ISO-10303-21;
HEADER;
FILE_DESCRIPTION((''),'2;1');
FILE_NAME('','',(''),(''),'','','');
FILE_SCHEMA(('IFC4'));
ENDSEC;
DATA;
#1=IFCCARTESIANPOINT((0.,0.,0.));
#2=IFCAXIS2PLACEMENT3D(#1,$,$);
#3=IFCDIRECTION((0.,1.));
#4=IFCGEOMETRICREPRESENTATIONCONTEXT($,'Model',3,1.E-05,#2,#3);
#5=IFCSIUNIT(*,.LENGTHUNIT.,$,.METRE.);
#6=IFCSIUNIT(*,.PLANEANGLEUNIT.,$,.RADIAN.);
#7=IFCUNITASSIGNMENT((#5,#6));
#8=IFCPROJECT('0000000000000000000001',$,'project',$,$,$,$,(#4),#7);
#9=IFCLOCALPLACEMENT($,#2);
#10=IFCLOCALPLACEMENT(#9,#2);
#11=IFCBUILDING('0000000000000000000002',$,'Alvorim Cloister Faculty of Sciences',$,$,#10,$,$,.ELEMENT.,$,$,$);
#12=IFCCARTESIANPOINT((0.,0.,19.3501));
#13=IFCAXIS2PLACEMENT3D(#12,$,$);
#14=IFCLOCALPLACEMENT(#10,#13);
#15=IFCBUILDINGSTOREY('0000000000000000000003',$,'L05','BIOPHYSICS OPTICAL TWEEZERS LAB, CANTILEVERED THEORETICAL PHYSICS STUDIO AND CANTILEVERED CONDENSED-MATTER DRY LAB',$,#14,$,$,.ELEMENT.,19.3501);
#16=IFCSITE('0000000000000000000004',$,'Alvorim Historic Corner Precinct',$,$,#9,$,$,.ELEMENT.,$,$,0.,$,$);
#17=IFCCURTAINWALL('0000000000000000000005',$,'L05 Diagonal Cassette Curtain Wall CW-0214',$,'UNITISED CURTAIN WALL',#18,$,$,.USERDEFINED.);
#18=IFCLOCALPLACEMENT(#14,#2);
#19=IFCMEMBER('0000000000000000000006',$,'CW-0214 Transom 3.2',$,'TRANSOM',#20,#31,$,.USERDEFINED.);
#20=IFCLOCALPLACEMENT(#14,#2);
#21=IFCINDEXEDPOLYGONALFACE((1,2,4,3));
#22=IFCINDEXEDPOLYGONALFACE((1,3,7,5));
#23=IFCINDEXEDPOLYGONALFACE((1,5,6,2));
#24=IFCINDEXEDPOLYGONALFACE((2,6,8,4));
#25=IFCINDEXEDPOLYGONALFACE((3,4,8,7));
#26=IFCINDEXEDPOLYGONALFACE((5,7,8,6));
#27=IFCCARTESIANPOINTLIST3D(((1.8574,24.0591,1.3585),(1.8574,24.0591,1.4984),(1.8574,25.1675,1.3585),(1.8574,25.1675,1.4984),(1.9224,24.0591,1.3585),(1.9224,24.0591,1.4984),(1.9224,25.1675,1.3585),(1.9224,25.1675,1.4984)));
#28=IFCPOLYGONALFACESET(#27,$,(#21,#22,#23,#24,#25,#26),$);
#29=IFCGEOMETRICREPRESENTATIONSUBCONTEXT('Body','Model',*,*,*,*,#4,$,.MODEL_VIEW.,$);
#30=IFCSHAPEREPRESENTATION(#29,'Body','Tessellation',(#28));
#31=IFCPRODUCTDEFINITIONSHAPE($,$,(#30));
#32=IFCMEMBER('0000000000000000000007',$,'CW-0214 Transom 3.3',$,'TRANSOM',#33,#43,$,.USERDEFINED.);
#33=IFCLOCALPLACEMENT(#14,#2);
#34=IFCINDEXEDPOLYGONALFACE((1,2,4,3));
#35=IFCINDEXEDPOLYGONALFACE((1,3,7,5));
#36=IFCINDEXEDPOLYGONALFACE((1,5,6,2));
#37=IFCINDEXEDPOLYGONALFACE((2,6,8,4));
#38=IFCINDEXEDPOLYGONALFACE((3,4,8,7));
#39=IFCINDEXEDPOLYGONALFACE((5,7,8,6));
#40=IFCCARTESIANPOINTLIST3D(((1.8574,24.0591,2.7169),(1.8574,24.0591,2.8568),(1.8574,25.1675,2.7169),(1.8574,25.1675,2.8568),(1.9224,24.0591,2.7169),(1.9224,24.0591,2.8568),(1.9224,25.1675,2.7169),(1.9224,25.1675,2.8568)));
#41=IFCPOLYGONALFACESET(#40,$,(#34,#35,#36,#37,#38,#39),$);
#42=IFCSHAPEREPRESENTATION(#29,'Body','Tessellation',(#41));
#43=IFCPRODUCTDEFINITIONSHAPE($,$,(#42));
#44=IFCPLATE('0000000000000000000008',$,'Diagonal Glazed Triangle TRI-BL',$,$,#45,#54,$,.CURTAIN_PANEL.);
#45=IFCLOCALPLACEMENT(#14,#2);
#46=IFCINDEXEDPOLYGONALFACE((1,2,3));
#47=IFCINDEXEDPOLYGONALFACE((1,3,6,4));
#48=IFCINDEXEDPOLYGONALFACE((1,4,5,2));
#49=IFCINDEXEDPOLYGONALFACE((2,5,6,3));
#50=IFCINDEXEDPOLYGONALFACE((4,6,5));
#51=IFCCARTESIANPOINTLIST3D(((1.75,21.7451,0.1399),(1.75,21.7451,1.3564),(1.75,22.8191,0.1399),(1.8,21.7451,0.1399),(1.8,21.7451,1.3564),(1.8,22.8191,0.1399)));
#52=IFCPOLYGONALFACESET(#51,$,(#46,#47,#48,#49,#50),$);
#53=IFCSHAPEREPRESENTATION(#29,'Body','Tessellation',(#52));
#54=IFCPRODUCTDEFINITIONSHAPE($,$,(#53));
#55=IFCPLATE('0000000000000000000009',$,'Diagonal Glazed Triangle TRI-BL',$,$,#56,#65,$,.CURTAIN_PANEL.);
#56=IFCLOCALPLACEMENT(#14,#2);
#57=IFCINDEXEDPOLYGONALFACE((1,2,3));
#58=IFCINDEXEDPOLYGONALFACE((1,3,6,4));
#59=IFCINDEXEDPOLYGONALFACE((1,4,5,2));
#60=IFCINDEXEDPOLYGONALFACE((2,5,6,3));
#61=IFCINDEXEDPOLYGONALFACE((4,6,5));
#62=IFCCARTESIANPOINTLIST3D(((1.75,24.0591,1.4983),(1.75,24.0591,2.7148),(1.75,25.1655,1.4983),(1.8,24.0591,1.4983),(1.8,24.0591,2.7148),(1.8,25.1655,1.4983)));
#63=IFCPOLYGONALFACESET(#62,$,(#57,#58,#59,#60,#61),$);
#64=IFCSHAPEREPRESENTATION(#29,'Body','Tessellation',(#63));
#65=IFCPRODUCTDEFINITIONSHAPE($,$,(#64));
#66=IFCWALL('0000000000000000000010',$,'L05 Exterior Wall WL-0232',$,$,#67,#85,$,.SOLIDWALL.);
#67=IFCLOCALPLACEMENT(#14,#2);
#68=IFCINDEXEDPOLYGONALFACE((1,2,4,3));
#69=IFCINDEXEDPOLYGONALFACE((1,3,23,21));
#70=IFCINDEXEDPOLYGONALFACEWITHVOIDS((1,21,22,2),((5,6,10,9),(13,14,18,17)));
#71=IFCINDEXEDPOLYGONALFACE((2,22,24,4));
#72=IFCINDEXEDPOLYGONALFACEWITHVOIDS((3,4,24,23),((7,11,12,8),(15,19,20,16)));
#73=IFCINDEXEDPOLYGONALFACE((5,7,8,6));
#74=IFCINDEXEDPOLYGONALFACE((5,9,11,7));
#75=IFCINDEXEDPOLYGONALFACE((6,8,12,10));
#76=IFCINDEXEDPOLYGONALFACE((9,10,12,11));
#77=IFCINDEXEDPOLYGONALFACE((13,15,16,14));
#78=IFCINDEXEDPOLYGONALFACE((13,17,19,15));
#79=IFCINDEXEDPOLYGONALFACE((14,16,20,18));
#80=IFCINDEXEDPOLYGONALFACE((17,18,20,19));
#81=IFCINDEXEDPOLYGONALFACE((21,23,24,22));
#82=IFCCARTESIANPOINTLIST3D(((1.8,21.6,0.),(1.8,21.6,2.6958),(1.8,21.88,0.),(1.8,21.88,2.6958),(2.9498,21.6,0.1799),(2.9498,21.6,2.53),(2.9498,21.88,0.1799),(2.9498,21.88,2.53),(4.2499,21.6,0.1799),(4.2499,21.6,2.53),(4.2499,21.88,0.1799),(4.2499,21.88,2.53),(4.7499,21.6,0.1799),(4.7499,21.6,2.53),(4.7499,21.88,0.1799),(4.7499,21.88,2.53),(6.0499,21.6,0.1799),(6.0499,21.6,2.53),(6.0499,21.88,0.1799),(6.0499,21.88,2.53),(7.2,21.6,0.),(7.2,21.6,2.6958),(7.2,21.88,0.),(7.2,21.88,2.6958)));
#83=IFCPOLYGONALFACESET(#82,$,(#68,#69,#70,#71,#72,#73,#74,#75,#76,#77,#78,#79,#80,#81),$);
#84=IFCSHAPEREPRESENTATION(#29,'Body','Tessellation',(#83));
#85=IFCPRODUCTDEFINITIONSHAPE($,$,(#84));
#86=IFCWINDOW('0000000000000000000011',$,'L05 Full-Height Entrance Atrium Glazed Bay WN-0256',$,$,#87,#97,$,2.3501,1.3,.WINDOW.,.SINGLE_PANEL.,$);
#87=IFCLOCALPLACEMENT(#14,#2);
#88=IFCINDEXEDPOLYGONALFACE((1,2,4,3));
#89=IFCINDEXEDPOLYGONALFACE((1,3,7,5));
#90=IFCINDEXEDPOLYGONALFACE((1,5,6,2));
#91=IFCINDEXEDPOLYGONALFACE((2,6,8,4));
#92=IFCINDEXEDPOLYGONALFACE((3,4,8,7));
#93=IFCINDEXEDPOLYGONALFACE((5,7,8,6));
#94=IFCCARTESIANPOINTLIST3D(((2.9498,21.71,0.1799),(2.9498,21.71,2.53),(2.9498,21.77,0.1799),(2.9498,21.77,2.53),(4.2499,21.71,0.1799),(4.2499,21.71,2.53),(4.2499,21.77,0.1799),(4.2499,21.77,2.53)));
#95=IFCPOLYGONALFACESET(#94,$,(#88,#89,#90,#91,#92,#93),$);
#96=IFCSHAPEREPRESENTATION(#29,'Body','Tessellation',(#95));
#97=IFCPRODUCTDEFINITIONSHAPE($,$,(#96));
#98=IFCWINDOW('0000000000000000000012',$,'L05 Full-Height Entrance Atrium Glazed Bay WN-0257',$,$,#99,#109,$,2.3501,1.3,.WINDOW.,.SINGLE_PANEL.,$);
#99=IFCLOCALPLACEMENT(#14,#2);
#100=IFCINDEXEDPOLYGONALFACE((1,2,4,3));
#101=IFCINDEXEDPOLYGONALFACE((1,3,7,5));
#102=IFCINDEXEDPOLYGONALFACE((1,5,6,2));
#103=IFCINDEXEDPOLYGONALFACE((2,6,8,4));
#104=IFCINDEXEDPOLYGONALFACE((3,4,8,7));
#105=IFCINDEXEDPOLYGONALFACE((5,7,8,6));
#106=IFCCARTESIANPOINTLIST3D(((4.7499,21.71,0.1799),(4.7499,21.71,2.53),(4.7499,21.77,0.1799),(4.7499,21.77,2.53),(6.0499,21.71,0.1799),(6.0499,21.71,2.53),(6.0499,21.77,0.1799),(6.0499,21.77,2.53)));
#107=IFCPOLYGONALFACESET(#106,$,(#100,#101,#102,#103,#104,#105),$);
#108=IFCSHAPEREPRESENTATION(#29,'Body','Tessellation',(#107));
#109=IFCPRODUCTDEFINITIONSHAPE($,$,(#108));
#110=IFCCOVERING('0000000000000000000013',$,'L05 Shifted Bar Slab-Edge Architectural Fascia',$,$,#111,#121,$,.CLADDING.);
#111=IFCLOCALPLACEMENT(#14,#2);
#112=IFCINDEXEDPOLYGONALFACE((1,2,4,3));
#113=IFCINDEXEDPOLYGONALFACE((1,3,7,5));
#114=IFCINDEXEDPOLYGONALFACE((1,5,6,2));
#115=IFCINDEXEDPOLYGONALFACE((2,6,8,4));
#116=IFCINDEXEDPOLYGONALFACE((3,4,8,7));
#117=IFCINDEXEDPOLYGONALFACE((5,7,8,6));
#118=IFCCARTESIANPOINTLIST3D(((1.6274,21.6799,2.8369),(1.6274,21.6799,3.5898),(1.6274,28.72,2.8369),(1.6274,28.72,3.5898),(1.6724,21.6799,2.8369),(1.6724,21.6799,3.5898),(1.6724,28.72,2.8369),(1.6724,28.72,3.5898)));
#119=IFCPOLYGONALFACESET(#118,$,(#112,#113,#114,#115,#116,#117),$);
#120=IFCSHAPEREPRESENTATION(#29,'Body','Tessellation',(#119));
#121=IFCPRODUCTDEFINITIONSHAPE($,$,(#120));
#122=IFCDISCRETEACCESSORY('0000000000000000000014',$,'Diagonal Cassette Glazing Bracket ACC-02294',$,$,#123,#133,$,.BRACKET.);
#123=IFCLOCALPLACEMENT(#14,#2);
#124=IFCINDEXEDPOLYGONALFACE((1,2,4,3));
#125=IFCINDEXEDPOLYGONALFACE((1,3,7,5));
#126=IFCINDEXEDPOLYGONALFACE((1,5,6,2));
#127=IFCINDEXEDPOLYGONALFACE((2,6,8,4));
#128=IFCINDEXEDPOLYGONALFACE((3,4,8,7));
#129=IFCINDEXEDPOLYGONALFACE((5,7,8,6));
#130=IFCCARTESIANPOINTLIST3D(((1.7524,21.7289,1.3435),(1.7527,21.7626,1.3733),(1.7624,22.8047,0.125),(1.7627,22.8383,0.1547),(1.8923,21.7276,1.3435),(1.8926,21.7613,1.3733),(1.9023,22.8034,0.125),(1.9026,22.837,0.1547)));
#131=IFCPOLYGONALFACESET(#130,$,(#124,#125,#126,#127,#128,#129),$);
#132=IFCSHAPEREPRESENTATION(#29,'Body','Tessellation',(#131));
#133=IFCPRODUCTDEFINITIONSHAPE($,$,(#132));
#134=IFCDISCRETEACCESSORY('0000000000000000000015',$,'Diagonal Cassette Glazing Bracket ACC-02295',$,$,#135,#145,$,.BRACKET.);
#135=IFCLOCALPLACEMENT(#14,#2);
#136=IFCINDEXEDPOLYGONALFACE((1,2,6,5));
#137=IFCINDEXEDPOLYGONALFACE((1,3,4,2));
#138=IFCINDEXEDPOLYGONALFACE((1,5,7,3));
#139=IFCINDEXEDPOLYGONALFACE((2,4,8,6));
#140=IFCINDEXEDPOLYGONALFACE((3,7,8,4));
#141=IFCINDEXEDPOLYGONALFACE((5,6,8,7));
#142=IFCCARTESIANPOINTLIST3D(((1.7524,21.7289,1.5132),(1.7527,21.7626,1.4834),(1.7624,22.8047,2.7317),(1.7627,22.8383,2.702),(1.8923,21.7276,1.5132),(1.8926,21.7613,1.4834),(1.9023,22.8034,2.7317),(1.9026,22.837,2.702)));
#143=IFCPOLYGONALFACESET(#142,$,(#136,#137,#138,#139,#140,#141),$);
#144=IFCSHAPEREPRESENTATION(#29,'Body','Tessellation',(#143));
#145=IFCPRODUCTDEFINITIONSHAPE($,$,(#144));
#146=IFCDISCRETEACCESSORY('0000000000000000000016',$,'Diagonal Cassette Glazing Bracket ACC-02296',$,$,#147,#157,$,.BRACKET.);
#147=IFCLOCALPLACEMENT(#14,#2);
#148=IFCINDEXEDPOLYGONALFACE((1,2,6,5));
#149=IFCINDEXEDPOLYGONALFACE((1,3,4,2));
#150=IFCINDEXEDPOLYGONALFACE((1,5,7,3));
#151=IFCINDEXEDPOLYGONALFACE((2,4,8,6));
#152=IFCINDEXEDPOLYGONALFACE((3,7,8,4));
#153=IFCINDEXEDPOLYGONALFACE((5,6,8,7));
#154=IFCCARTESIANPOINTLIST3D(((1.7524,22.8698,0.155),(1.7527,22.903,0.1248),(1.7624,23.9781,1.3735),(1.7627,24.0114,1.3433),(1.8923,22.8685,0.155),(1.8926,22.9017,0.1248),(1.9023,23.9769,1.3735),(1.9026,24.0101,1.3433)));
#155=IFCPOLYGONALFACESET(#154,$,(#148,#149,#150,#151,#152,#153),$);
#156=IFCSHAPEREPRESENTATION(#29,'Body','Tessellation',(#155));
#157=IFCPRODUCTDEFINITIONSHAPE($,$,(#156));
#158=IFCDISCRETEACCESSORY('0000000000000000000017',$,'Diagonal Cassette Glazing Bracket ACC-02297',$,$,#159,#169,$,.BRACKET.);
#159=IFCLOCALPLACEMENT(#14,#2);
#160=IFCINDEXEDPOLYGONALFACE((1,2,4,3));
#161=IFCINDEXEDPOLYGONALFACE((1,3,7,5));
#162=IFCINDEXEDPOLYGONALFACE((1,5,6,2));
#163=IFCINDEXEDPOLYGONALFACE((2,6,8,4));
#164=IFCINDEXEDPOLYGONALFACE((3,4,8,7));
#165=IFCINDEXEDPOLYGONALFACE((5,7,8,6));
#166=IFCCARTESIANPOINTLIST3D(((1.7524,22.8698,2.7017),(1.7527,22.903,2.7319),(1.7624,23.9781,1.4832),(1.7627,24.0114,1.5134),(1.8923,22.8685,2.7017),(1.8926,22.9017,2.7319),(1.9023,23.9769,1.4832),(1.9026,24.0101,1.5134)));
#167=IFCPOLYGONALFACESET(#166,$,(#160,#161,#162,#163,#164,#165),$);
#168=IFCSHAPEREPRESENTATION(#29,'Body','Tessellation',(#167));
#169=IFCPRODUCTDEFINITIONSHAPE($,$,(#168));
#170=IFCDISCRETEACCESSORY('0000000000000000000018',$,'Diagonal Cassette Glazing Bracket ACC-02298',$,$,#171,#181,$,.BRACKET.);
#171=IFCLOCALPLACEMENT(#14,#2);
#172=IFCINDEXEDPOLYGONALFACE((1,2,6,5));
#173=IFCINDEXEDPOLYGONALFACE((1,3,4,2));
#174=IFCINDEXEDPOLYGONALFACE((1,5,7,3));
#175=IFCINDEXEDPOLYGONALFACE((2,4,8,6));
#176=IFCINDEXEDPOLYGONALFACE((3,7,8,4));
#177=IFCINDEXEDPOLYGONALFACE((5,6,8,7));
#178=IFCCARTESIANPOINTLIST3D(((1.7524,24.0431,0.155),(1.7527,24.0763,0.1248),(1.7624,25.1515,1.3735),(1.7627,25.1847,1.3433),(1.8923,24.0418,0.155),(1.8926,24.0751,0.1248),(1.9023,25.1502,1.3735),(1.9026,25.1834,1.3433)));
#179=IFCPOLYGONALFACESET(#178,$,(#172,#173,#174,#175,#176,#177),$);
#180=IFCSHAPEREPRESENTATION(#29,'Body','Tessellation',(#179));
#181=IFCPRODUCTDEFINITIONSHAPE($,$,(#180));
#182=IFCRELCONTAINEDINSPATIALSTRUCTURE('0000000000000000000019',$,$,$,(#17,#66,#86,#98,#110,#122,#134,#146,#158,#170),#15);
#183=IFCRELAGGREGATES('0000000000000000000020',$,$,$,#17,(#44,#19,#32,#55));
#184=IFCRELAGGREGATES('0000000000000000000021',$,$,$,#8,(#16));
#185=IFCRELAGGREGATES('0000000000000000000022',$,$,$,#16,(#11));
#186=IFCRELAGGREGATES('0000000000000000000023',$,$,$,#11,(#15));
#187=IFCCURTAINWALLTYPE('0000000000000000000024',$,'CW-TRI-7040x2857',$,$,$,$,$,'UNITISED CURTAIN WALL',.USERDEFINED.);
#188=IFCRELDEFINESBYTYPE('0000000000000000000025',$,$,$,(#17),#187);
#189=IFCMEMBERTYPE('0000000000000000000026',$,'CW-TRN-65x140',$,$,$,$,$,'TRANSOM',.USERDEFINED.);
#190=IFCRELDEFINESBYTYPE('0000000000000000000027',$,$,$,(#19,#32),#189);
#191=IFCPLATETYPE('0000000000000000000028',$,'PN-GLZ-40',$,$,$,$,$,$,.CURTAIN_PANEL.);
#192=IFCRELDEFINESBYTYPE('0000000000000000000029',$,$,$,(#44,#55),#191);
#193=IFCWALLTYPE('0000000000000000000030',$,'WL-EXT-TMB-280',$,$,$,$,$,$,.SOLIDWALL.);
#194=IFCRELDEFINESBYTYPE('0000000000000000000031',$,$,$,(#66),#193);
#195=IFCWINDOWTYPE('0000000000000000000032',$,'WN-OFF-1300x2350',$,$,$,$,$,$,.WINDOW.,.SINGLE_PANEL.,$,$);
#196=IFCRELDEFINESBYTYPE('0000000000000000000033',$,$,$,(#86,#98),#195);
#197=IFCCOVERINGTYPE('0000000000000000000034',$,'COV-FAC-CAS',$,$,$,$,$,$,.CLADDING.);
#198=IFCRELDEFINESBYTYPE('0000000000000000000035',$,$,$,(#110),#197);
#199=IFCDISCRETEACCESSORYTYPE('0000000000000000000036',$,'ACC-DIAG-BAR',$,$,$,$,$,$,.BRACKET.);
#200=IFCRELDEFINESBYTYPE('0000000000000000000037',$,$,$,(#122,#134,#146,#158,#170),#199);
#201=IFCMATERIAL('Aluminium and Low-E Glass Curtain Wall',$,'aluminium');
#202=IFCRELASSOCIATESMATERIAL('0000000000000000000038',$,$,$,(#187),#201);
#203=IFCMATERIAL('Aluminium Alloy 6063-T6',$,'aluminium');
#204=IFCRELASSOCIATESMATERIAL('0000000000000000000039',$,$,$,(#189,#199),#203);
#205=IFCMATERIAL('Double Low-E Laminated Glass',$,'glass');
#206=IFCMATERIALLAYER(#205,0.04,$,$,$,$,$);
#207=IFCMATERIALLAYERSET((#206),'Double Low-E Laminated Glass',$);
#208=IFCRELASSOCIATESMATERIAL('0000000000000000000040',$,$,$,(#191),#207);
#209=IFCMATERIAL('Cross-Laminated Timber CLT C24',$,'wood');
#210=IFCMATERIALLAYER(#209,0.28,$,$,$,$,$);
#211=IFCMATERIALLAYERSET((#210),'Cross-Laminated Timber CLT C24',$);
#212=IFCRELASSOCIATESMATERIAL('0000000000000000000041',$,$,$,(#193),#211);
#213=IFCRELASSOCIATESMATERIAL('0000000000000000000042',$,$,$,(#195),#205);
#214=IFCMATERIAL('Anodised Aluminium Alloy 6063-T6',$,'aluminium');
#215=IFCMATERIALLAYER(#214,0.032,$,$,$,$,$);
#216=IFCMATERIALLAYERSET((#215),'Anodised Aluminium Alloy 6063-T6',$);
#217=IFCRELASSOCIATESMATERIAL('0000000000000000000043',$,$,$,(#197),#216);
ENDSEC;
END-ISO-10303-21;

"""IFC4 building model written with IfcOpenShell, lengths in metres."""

from ifc_helpers import new_model, si_unit, direction, frame, frame_2d, origin, origin_2d, place, context, subcontext, project, spatial, polyline, rectangle, outline, extrude, material, layer, layer_set, material_profile, profile_set, type_object, element, fill, aggregate, save


model = new_model("IFC4")

# Units and contexts
model_context = context("Model", 3, precision=1e-05, world=origin(), true_north=direction((0.0, 1.0)))
body_context = subcontext(model_context, "Body", "Model", "MODEL_VIEW")
ifc_project = project(units=[si_unit("LENGTHUNIT", "METRE"), si_unit("PLANEANGLEUNIT", "RADIAN")], contexts=[model_context])

# Site, building, storey
site_placement = place(None, origin())
site = spatial("IfcSite", under=ifc_project, at=site_placement, Name="Alvorim Historic Corner Precinct", CompositionType="ELEMENT", RefElevation=0.0)
building_placement = place(site_placement, origin())
building = spatial("IfcBuilding", under=site, at=building_placement, Name="Alvorim Cloister Faculty of Sciences", CompositionType="ELEMENT")
storey_placement = place(building_placement, frame((0.0, 0.0, 19.3501)))
storey = spatial("IfcBuildingStorey", under=building, at=storey_placement, Name="L05", Description="BIOPHYSICS OPTICAL TWEEZERS LAB, CANTILEVERED THEORETICAL PHYSICS STUDIO AND CANTILEVERED CONDENSED-MATTER DRY LAB", CompositionType="ELEMENT", Elevation=19.3501)

# Curtain wall, members, plates
ifc_material_1 = material(Name="Aluminium and Low-E Glass Curtain Wall", Category="aluminium")
curtain_wall_type = type_object("IfcCurtainWallType", Name="CW-TRI-7040x2857", ElementType="UNITISED CURTAIN WALL", PredefinedType="USERDEFINED", material=ifc_material_1)
curtain_wall_placement = place(storey_placement, origin())
curtain_wall = element("IfcCurtainWall", 1, at=curtain_wall_placement, inside=storey, type_object=curtain_wall_type, Name="L05 Diagonal Cassette Curtain Wall CW-0214", ObjectType="UNITISED CURTAIN WALL", PredefinedType="USERDEFINED")
ifc_material_2 = material(Name="Aluminium Alloy 6063-T6", Category="aluminium")
ifc_material_profile_1 = material_profile(ifc_material_2, rectangle(XDim=0.0649, YDim=0.1399, at=origin_2d()), Name="ALU-TRN-65x140")
ifc_profile_set_1 = profile_set([ifc_material_profile_1], Name="Aluminium Alloy 6063-T6")
member_type_1 = type_object("IfcMemberType", Name="CW-TRN-65x140", ElementType="TRANSOM", PredefinedType="USERDEFINED", material=ifc_profile_set_1)
member_1_placement = place(storey_placement, frame((1.8899, 24.0591, 1.4285), z_axis=(0.0, 1.0, 0.0), x_axis=(-1.0, 0.0, 0.0)))
member_1 = element("IfcMember", 2, at=member_1_placement, type_object=member_type_1, Name="CW-0214 Transom 3.2", ObjectType="TRANSOM", PredefinedType="USERDEFINED", context=body_context, shape_type="SweptSolid", body=[
    extrude(rectangle(XDim=0.0649, YDim=0.1399, at=origin_2d()), origin(), (0.0, 0.0, 1.0), 1.1084),
])
member_2_placement = place(storey_placement, frame((1.8899, 24.0591, 2.7869), z_axis=(0.0, 1.0, 0.0), x_axis=(-1.0, 0.0, 0.0)))
member_2 = element("IfcMember", 3, at=member_2_placement, type_object=member_type_1, Name="CW-0214 Transom 3.3", ObjectType="TRANSOM", PredefinedType="USERDEFINED", context=body_context, shape_type="SweptSolid", body=[
    extrude(rectangle(XDim=0.0649, YDim=0.1399, at=origin_2d()), origin(), (0.0, 0.0, 1.0), 1.1084),
])
ifc_material_3 = material(Name="Double Low-E Laminated Glass", Category="glass")
ifc_layer_1 = layer(ifc_material_3, 0.04)
ifc_layer_set_1 = layer_set([ifc_layer_1], Name="Double Low-E Laminated Glass")
plate_type = type_object("IfcPlateType", Name="PN-GLZ-40", PredefinedType="CURTAIN_PANEL", material=ifc_layer_set_1)
plate_1_placement = place(storey_placement, frame((1.7749, 21.7451, 0.1399), z_axis=(0.0, 0.0, 1.0), x_axis=(0.0, 1.0, 0.0)))
plate_1 = element("IfcPlate", 4, at=plate_1_placement, type_object=plate_type, Name="Diagonal Glazed Triangle TRI-BL", PredefinedType="CURTAIN_PANEL", context=body_context, shape_type="SweptSolid", body=[
    extrude(outline(polyline([(0.0, 0.0), (1.074, 0.0), (0.0, 1.2166), (0.0, 0.0)])), frame((0.0, 0.0249, 0.0), z_axis=(0.0, -1.0, 0.0), x_axis=(1.0, 0.0, 0.0)), (0.0, 0.0, 1.0), 0.05),
])
plate_2_placement = place(storey_placement, frame((1.7749, 24.0591, 1.4983), z_axis=(0.0, 0.0, 1.0), x_axis=(0.0, 1.0, 0.0)))
plate_2 = element("IfcPlate", 5, at=plate_2_placement, type_object=plate_type, Name="Diagonal Glazed Triangle TRI-BL", PredefinedType="CURTAIN_PANEL", context=body_context, shape_type="SweptSolid", body=[
    extrude(outline(polyline([(0.0, 0.0), (1.1064, 0.0), (0.0, 1.2166), (0.0, 0.0)])), frame((0.0, 0.0249, 0.0), z_axis=(0.0, -1.0, 0.0), x_axis=(1.0, 0.0, 0.0)), (0.0, 0.0, 1.0), 0.05),
])
aggregate(curtain_wall, [plate_1, member_1, member_2, plate_2])

# Wall, openings, windows
ifc_material_4 = material(Name="Cross-Laminated Timber CLT C24", Category="wood")
ifc_layer_2 = layer(ifc_material_4, 0.28)
ifc_layer_set_2 = layer_set([ifc_layer_2], Name="Cross-Laminated Timber CLT C24")
wall_type = type_object("IfcWallType", Name="WL-EXT-TMB-280", PredefinedType="SOLIDWALL", material=ifc_layer_set_2)
wall_placement = place(storey_placement, frame((1.8, 21.74, 0.0), z_axis=(0.0, 0.0, 1.0), x_axis=(1.0, 0.0, 0.0)))
wall = element("IfcWall", 6, at=wall_placement, inside=storey, type_object=wall_type, Name="L05 Exterior Wall WL-0232", PredefinedType="SOLIDWALL", context=body_context, shape_type="SweptSolid", body=[
    extrude(rectangle(XDim=5.3999, YDim=0.28, at=frame_2d((2.7, 0.0))), origin(), (0.0, 0.0, 1.0), 2.6958),
])
opening_1_placement = place(wall_placement, frame((1.1499, 0.0, 0.1799)))
opening_1 = element("IfcOpeningElement", 7, at=opening_1_placement, cuts=wall, PredefinedType="OPENING", context=body_context, shape_type="SweptSolid", body=[
    extrude(rectangle(XDim=1.3, YDim=2.3501, at=frame_2d((0.6499, 1.175))), frame((0.0, 0.1519, 0.0), z_axis=(0.0, -1.0, 0.0), x_axis=(1.0, 0.0, 0.0)), (0.0, 0.0, 1.0), 0.304),
])
opening_2_placement = place(wall_placement, frame((2.95, 0.0, 0.1799)))
opening_2 = element("IfcOpeningElement", 8, at=opening_2_placement, cuts=wall, PredefinedType="OPENING", context=body_context, shape_type="SweptSolid", body=[
    extrude(rectangle(XDim=1.3, YDim=2.3501, at=frame_2d((0.6499, 1.175))), frame((0.0, 0.1519, 0.0), z_axis=(0.0, -1.0, 0.0), x_axis=(1.0, 0.0, 0.0)), (0.0, 0.0, 1.0), 0.304),
])
window_type = type_object("IfcWindowType", Name="WN-OFF-1300x2350", PartitioningType="SINGLE_PANEL", PredefinedType="WINDOW", material=ifc_material_3)
window_1_placement = place(opening_1_placement, origin())
window_1 = element("IfcWindow", 9, at=window_1_placement, inside=storey, type_object=window_type, Name="L05 Full-Height Entrance Atrium Glazed Bay WN-0256", OverallHeight=2.3501, OverallWidth=1.3, PartitioningType="SINGLE_PANEL", PredefinedType="WINDOW", context=body_context, shape_type="SweptSolid", body=[
    extrude(rectangle(XDim=1.3, YDim=2.3501, at=frame_2d((0.6499, 1.175))), frame((0.0, 0.03, 0.0), z_axis=(0.0, -1.0, 0.0), x_axis=(1.0, 0.0, 0.0)), (0.0, 0.0, 1.0), 0.0601),
])
fill(opening_1, window_1)
window_2_placement = place(opening_2_placement, origin())
window_2 = element("IfcWindow", 10, at=window_2_placement, inside=storey, type_object=window_type, Name="L05 Full-Height Entrance Atrium Glazed Bay WN-0257", OverallHeight=2.3501, OverallWidth=1.3, PartitioningType="SINGLE_PANEL", PredefinedType="WINDOW", context=body_context, shape_type="SweptSolid", body=[
    extrude(rectangle(XDim=1.3, YDim=2.3501, at=frame_2d((0.6499, 1.175))), frame((0.0, 0.03, 0.0), z_axis=(0.0, -1.0, 0.0), x_axis=(1.0, 0.0, 0.0)), (0.0, 0.0, 1.0), 0.0601),
])
fill(opening_2, window_2)

# Covering
ifc_material_5 = material(Name="Anodised Aluminium Alloy 6063-T6", Category="aluminium")
ifc_layer_3 = layer(ifc_material_5, 0.032)
ifc_layer_set_3 = layer_set([ifc_layer_3], Name="Anodised Aluminium Alloy 6063-T6")
covering_type = type_object("IfcCoveringType", Name="COV-FAC-CAS", PredefinedType="CLADDING", material=ifc_layer_set_3)
covering_placement = place(storey_placement, frame((1.6499, 21.6799, 2.8369), z_axis=(0.0, 0.0, 1.0), x_axis=(0.0, 1.0, 0.0)))
element("IfcCovering", 11, at=covering_placement, inside=storey, type_object=covering_type, Name="L05 Shifted Bar Slab-Edge Architectural Fascia", PredefinedType="CLADDING", context=body_context, shape_type="SweptSolid", body=[
    extrude(outline(polyline([(0.0, 0.0), (7.04, 0.0), (7.04, 0.7529), (0.0, 0.7529), (0.0, 0.0)])), frame((0.0, 0.0225, 0.0), z_axis=(0.0, -1.0, 0.0), x_axis=(1.0, 0.0, 0.0)), (0.0, 0.0, 1.0), 0.0449),
])

# Discrete accessories
discrete_accessory_type = type_object("IfcDiscreteAccessoryType", Name="ACC-DIAG-BAR", PredefinedType="BRACKET", material=ifc_material_2)
for number, where, z_axis, x_axis, name in (
    (12, (1.8225, 21.7451, 1.3584), (0.006158, 0.661793, -0.749661), (-0.999957, 0.009305, 0.0), "Diagonal Cassette Glazing Bracket ACC-02294"),
    (13, (1.8225, 21.7451, 1.4983), (0.006158, 0.661793, 0.749661), (-0.999957, 0.009305, 0.0), "Diagonal Cassette Glazing Bracket ACC-02295"),
):
    element("IfcDiscreteAccessory", number, at=place(storey_placement, frame(where, z_axis=z_axis, x_axis=x_axis)), inside=storey, type_object=discrete_accessory_type, Name=name, PredefinedType="BRACKET", context=body_context, shape_type="SweptSolid", body=[
        extrude(rectangle(XDim=0.1399, YDim=0.0449, at=origin_2d()), origin(), (0.0, 0.0, 1.0), 1.6255),
    ])
for number, where, z_axis, x_axis, name in (
    (14, (1.8225, 22.8857, 0.1399), (0.006077, 0.672882, 0.739725), (-0.999959, 0.00903, 0.0), "Diagonal Cassette Glazing Bracket ACC-02296"),
    (15, (1.8225, 22.8857, 2.7168), (0.006077, 0.672882, -0.739725), (-0.999959, 0.00903, 0.0), "Diagonal Cassette Glazing Bracket ACC-02297"),
    (16, (1.8225, 24.0591, 0.1399), (0.006077, 0.672882, 0.739725), (-0.999959, 0.00903, 0.0), "Diagonal Cassette Glazing Bracket ACC-02298"),
):
    element("IfcDiscreteAccessory", number, at=place(storey_placement, frame(where, z_axis=z_axis, x_axis=x_axis)), inside=storey, type_object=discrete_accessory_type, Name=name, PredefinedType="BRACKET", context=body_context, shape_type="SweptSolid", body=[
        extrude(rectangle(XDim=0.1399, YDim=0.0449, at=origin_2d()), origin(), (0.0, 0.0, 1.0), 1.6472),
    ])

save(model, "model.ifc")
